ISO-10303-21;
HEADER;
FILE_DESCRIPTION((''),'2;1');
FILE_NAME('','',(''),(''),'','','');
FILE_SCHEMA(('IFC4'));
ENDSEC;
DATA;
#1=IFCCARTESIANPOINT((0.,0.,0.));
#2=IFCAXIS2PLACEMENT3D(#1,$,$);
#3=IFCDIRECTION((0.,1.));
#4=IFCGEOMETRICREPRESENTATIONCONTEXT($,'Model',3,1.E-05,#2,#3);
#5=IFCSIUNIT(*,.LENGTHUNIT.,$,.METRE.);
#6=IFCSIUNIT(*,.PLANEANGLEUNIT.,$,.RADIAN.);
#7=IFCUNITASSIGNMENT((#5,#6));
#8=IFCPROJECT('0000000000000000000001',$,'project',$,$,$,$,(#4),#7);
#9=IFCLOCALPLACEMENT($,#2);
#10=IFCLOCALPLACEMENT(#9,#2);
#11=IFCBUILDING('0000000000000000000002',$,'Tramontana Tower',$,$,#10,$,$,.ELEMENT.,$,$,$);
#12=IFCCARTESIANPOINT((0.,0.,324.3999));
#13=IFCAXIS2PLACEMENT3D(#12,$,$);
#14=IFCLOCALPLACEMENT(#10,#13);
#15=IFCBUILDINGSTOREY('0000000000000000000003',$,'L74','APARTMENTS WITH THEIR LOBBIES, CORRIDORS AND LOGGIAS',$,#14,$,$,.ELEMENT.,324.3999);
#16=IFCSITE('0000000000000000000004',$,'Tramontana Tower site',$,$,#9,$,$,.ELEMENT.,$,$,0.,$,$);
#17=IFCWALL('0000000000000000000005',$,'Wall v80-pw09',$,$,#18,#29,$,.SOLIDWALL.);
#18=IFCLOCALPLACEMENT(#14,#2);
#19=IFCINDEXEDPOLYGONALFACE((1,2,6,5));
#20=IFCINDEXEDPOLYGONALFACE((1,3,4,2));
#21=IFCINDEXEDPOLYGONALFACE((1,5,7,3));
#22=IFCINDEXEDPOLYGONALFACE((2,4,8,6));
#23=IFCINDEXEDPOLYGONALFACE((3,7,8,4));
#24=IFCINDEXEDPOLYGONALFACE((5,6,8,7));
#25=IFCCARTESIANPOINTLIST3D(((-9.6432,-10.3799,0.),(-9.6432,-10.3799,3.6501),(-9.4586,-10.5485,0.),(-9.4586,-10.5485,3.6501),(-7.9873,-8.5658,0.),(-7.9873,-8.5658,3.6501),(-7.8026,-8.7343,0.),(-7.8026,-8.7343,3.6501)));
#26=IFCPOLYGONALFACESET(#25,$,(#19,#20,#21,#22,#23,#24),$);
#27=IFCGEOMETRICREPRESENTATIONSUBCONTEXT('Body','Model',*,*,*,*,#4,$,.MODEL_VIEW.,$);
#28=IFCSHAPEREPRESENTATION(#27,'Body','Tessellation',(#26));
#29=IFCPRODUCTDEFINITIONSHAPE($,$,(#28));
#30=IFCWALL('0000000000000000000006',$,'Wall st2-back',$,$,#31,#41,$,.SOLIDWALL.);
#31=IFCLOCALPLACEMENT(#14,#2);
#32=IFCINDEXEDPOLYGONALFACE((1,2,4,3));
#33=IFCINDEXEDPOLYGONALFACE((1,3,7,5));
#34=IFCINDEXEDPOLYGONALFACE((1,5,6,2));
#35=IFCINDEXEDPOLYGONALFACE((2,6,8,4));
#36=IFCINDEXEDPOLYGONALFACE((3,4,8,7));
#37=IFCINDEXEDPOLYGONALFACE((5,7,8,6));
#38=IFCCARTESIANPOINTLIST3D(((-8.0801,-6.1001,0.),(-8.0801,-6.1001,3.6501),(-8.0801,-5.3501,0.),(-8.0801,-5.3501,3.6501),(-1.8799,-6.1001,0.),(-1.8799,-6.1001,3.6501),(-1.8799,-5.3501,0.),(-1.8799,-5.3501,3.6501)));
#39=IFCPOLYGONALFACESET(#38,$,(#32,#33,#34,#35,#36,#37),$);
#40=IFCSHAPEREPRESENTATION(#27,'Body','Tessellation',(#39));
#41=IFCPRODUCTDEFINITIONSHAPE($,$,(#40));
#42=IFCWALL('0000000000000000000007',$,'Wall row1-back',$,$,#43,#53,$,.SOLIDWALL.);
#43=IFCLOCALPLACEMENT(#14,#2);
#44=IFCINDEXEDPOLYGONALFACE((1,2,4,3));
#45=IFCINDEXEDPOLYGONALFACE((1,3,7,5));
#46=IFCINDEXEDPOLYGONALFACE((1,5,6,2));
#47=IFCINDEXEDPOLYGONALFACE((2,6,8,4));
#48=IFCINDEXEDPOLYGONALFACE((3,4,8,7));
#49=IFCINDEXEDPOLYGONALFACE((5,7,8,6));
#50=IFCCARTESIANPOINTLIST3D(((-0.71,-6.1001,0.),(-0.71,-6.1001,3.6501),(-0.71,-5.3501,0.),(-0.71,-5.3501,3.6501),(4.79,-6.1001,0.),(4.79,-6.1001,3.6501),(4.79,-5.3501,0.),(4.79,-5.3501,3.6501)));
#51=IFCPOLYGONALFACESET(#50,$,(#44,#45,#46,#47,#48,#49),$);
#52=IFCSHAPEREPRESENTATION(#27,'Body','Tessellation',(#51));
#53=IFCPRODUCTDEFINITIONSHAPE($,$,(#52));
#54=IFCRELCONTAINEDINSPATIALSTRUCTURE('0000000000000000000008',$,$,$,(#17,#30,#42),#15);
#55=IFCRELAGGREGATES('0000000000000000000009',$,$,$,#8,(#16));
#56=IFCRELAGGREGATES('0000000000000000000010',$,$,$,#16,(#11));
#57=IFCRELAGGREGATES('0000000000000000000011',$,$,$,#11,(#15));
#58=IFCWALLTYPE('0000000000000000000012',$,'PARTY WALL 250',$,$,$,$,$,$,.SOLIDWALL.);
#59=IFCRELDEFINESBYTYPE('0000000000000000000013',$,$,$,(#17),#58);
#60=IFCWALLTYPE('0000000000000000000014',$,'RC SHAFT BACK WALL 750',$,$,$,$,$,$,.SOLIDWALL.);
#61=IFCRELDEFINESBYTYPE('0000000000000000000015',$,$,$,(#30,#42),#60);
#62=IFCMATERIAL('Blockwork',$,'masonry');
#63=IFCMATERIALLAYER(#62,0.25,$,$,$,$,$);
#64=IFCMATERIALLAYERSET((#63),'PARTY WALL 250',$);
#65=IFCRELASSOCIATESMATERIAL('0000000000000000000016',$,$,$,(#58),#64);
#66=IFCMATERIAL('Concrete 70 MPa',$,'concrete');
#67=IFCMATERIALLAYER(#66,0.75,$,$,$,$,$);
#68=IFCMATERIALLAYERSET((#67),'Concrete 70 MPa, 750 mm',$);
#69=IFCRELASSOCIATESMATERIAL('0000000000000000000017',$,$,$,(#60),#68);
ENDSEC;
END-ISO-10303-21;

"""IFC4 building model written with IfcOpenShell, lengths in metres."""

from ifc_helpers import new_model, si_unit, direction, frame, frame_2d, origin, place, context, subcontext, project, spatial, rectangle, extrude, material, layer, layer_set, type_object, element, save


model = new_model("IFC4")

# Units and contexts
model_context = context("Model", 3, precision=1e-05, world=origin(), true_north=direction((0.0, 1.0)))
body_context = subcontext(model_context, "Body", "Model", "MODEL_VIEW")
ifc_project = project(units=[si_unit("LENGTHUNIT", "METRE"), si_unit("PLANEANGLEUNIT", "RADIAN")], contexts=[model_context])

# Site, building, storey
site_placement = place(None, origin())
site = spatial("IfcSite", under=ifc_project, at=site_placement, Name="Tramontana Tower site", CompositionType="ELEMENT", RefElevation=0.0)
building_placement = place(site_placement, origin())
building = spatial("IfcBuilding", under=site, at=building_placement, Name="Tramontana Tower", CompositionType="ELEMENT")
storey_placement = place(building_placement, frame((0.0, 0.0, 324.3999)))
storey = spatial("IfcBuildingStorey", under=building, at=storey_placement, Name="L74", Description="APARTMENTS WITH THEIR LOBBIES, CORRIDORS AND LOGGIAS", CompositionType="ELEMENT", Elevation=324.3999)

# Walls
ifc_material_1 = material(Name="Blockwork", Category="masonry")
ifc_layer_1 = layer(ifc_material_1, 0.25)
ifc_layer_set_1 = layer_set([ifc_layer_1], Name="PARTY WALL 250")
wall_type_1 = type_object("IfcWallType", Name="PARTY WALL 250", PredefinedType="SOLIDWALL", material=ifc_layer_set_1)
wall_1_placement = place(storey_placement, frame((-7.895, -8.6501, 0.0), z_axis=(0.0, 0.0, 1.0), x_axis=(-0.67417, -0.738576, 0.0)))
element("IfcWall", 1, at=wall_1_placement, inside=storey, type_object=wall_type_1, Name="Wall v80-pw09", PredefinedType="SOLIDWALL", context=body_context, shape_type="SweptSolid", body=[
    extrude(rectangle(XDim=2.4563, YDim=0.25, at=frame_2d((1.228, 0.0))), origin(), (0.0, 0.0, 1.0), 3.6501),
])
ifc_material_2 = material(Name="Concrete 70 MPa", Category="concrete")
ifc_layer_2 = layer(ifc_material_2, 0.75)
ifc_layer_set_2 = layer_set([ifc_layer_2], Name="Concrete 70 MPa, 750 mm")
wall_type_2 = type_object("IfcWallType", Name="RC SHAFT BACK WALL 750", PredefinedType="SOLIDWALL", material=ifc_layer_set_2)
wall_2_placement = place(storey_placement, frame((-8.0801, -5.7251, 0.0), z_axis=(0.0, 0.0, 1.0), x_axis=(1.0, 0.0, 0.0)))
element("IfcWall", 2, at=wall_2_placement, inside=storey, type_object=wall_type_2, Name="Wall st2-back", PredefinedType="SOLIDWALL", context=body_context, shape_type="SweptSolid", body=[
    extrude(rectangle(XDim=6.2002, YDim=0.75, at=frame_2d((3.1001, 0.0))), origin(), (0.0, 0.0, 1.0), 3.6501),
])
wall_3_placement = place(storey_placement, frame((-0.71, -5.7251, 0.0), z_axis=(0.0, 0.0, 1.0), x_axis=(1.0, 0.0, 0.0)))
element("IfcWall", 3, at=wall_3_placement, inside=storey, type_object=wall_type_2, Name="Wall row1-back", PredefinedType="SOLIDWALL", context=body_context, shape_type="SweptSolid", body=[
    extrude(rectangle(XDim=5.5, YDim=0.75, at=frame_2d((2.75, 0.0))), origin(), (0.0, 0.0, 1.0), 3.6501),
])

save(model, "model.ifc")
